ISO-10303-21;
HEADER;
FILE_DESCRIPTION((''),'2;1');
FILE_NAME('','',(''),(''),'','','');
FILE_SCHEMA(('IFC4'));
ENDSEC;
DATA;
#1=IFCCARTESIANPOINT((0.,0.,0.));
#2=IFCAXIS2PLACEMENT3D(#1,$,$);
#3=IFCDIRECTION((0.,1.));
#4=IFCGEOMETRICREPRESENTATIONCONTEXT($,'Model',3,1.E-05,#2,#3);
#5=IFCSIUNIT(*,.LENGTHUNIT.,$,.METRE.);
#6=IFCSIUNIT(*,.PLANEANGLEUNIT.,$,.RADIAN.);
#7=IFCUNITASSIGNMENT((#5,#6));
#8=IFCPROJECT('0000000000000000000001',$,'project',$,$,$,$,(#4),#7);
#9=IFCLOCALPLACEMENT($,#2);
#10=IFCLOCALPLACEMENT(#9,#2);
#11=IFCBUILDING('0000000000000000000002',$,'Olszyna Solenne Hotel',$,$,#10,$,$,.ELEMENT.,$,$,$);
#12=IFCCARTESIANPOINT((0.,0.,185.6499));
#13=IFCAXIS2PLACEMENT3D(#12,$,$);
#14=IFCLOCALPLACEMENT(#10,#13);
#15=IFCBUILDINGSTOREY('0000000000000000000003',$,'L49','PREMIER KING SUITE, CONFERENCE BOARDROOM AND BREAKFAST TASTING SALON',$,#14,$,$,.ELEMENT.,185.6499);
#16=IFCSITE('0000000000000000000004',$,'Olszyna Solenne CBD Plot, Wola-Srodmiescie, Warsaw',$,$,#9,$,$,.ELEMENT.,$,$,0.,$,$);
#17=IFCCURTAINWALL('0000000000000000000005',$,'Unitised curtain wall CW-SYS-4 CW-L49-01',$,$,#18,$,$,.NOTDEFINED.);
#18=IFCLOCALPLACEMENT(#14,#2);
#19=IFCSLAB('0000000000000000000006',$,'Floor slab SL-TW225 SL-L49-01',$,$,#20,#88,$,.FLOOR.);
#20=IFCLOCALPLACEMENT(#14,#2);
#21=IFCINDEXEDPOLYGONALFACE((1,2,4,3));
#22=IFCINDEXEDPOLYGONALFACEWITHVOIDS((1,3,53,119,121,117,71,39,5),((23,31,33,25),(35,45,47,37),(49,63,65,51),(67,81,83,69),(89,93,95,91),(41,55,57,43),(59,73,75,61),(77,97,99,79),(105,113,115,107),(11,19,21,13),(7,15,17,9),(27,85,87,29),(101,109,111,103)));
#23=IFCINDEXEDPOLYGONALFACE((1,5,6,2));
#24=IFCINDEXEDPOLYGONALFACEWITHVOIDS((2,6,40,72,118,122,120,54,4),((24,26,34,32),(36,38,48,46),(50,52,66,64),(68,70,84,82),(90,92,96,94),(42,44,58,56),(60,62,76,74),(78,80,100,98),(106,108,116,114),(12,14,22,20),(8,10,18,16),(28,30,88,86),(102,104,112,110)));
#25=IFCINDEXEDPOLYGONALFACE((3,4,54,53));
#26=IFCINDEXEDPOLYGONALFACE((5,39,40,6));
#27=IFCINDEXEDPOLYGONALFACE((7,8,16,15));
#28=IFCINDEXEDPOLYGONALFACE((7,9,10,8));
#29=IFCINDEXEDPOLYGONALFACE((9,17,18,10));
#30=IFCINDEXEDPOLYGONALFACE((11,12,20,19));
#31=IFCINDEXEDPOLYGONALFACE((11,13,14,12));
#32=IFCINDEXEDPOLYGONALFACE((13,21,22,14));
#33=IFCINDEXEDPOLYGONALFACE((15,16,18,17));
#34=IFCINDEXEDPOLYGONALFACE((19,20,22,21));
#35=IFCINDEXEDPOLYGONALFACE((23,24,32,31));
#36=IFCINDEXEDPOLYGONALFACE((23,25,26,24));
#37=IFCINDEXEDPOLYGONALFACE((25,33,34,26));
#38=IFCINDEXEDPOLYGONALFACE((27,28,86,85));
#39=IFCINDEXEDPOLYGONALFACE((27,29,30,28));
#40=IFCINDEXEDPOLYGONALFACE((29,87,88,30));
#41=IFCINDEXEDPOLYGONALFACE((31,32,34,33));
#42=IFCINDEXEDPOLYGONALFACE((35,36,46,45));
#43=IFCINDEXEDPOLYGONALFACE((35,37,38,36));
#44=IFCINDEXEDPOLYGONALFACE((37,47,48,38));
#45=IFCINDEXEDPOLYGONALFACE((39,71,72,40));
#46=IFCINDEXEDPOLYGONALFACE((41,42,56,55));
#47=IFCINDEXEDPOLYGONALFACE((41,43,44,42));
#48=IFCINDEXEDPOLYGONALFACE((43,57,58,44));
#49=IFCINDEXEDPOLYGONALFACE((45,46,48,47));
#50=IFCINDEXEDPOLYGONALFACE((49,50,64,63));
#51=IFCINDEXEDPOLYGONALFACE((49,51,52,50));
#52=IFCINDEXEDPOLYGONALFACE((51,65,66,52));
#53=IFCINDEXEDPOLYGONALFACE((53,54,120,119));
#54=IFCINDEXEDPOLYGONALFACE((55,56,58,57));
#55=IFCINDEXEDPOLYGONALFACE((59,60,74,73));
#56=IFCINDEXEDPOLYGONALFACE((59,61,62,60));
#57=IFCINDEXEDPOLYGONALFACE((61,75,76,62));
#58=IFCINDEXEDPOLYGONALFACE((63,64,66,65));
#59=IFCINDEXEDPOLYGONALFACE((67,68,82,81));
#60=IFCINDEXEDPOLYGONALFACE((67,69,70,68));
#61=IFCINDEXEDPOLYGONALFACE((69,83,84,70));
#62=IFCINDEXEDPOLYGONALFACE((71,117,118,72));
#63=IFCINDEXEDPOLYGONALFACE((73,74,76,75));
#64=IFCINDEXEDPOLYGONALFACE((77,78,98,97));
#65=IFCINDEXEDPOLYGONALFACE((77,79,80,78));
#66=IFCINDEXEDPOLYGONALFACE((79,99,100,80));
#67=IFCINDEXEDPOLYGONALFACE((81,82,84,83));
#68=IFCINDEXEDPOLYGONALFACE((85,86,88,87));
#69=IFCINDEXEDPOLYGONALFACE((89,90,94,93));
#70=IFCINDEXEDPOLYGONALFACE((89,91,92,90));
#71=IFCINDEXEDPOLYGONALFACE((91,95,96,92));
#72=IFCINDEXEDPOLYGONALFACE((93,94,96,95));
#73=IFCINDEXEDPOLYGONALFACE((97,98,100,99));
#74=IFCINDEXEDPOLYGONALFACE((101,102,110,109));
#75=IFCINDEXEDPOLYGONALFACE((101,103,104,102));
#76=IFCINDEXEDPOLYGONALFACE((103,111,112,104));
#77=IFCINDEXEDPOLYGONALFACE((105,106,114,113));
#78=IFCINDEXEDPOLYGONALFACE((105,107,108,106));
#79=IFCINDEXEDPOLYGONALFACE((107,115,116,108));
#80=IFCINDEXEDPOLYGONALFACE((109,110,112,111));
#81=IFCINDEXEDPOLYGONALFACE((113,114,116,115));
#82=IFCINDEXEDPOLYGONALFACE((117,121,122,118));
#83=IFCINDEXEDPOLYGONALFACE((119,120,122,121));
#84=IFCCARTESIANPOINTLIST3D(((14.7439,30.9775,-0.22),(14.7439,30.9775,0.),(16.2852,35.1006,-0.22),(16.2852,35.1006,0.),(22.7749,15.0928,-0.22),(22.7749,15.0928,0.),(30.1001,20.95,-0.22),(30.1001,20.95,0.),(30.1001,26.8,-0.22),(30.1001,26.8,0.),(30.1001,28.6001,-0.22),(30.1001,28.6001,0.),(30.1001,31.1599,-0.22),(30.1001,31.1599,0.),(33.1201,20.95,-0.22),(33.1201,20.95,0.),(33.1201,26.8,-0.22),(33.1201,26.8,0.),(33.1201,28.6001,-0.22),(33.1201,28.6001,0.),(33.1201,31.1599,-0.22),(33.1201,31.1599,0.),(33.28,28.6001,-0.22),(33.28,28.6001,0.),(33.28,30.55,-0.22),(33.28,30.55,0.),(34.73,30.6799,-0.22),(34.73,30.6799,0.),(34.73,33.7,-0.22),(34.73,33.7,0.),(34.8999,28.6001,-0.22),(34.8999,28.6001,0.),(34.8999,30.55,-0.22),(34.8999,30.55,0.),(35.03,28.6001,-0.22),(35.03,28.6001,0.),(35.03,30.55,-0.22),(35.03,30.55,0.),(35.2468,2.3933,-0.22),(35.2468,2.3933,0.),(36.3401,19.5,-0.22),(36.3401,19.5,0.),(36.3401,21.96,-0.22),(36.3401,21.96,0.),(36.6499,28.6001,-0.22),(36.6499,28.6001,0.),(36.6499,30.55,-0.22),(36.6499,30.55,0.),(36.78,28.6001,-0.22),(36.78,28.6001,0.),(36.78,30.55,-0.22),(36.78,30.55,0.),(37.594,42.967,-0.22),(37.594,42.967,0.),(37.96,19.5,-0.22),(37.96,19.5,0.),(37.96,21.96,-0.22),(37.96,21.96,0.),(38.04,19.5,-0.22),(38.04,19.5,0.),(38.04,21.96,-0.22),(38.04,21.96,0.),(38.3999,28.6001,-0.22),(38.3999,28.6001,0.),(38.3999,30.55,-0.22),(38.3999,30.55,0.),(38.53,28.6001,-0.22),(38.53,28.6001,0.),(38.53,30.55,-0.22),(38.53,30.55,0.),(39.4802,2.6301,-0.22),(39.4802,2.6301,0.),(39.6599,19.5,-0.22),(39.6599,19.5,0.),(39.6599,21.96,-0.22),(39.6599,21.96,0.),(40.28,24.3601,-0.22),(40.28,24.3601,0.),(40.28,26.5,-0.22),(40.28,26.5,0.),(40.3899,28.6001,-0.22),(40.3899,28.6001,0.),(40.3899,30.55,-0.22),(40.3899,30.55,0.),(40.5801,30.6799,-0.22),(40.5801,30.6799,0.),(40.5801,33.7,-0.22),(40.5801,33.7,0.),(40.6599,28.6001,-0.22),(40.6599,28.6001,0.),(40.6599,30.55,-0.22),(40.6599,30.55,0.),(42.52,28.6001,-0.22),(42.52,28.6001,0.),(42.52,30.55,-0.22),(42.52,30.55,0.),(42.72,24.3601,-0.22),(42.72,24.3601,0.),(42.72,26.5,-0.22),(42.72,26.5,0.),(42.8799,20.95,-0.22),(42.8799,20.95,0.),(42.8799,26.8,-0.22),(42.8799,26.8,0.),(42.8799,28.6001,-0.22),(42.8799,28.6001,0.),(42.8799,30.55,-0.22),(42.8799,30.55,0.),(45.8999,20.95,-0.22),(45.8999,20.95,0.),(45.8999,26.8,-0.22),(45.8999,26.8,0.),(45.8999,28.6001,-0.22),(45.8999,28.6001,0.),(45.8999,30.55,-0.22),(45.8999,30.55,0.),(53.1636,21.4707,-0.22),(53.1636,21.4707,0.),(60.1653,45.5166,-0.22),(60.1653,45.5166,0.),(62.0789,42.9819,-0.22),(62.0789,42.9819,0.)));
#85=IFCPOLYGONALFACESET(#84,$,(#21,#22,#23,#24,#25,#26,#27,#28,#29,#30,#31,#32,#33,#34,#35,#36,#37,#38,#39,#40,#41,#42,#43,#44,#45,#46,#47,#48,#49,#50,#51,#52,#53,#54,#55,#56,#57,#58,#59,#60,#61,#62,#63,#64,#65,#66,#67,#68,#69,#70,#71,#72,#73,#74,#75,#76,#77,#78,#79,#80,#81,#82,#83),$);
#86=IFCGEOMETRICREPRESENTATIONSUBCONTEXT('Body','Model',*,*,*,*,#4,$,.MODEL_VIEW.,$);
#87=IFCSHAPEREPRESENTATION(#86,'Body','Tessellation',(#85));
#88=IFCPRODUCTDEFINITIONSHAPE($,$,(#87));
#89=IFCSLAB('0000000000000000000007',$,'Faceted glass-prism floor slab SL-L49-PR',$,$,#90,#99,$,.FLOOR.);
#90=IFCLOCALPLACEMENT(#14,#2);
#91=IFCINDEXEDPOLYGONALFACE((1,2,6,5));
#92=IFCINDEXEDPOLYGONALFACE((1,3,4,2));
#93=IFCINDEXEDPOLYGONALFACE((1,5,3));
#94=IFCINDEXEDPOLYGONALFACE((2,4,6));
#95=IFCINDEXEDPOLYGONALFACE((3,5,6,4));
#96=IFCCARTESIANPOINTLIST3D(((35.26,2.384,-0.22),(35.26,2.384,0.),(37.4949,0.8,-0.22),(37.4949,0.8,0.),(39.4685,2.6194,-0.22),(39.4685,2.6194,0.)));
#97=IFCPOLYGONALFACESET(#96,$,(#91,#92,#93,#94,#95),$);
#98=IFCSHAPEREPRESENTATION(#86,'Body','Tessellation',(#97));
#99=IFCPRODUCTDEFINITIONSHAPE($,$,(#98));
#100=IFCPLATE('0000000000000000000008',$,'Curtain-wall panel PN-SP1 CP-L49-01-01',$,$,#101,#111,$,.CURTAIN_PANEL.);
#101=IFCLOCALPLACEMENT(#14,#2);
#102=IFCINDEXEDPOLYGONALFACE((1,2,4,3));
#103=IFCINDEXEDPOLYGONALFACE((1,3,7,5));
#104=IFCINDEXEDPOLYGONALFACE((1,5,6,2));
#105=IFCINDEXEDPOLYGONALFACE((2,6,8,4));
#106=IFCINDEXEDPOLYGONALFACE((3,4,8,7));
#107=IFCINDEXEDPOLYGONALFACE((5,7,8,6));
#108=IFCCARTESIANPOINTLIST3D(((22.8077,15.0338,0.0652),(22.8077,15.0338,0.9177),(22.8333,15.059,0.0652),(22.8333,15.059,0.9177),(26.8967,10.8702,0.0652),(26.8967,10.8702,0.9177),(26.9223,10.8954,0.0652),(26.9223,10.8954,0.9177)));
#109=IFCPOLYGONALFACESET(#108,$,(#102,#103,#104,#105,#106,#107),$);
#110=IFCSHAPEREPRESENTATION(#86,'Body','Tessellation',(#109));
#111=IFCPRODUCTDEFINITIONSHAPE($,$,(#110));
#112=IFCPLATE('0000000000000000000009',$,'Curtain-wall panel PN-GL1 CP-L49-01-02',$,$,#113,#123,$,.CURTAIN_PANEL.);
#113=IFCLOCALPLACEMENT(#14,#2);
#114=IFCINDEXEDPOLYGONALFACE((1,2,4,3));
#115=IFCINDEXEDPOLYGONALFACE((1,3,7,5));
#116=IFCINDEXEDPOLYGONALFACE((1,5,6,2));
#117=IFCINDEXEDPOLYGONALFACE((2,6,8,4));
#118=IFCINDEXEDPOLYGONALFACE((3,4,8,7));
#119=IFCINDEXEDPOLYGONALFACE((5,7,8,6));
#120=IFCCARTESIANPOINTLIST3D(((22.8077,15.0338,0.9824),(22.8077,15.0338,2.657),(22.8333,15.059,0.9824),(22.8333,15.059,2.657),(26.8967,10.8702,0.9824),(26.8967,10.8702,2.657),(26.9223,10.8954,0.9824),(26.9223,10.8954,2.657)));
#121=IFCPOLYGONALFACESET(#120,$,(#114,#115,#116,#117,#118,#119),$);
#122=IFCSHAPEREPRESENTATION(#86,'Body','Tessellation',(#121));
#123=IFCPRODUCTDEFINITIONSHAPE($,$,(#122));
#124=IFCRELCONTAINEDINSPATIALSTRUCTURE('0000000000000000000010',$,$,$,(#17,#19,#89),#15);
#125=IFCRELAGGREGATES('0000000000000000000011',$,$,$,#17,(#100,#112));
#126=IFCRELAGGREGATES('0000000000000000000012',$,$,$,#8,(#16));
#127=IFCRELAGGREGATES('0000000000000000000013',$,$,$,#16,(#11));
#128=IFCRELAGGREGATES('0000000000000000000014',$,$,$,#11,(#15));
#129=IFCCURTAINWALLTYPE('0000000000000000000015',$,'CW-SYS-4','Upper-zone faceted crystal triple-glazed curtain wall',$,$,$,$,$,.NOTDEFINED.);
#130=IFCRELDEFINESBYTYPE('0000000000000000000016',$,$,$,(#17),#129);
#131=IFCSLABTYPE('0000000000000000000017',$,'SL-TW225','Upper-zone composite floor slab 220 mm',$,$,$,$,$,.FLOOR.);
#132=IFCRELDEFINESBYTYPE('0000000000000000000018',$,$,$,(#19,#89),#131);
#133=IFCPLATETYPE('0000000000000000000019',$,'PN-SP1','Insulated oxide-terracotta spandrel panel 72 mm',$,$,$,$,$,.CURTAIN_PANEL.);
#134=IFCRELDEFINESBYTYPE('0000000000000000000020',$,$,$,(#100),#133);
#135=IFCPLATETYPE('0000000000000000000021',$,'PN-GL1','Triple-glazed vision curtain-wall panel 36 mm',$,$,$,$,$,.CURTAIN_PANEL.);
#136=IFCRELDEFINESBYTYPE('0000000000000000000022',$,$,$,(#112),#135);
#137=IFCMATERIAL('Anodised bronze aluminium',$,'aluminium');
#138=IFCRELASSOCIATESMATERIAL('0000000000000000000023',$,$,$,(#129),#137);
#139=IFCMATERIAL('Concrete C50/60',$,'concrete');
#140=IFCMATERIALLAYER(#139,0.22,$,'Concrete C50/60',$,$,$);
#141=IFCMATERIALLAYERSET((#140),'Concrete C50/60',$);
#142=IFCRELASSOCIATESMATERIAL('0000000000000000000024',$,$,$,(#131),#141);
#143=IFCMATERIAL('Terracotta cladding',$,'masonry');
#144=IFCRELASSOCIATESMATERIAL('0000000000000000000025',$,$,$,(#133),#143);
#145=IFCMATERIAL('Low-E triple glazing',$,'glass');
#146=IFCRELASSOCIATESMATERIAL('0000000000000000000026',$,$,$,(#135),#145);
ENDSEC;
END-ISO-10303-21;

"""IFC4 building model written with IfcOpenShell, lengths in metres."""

from ifc_helpers import new_model, si_unit, direction, frame, origin, origin_2d, place, context, subcontext, project, spatial, polyline, rectangle, outline, extrude, source, transform, mapped, material, layer, layer_set, type_object, element, aggregate, save


model = new_model("IFC4")

# Units and contexts
model_context = context("Model", 3, precision=1e-05, world=origin(), true_north=direction((0.0, 1.0)))
body_context = subcontext(model_context, "Body", "Model", "MODEL_VIEW")
ifc_project = project(units=[si_unit("LENGTHUNIT", "METRE"), si_unit("PLANEANGLEUNIT", "RADIAN")], contexts=[model_context])

# Site, building, storey
site_placement = place(None, origin())
site = spatial("IfcSite", under=ifc_project, at=site_placement, Name="Olszyna Solenne CBD Plot, Wola-Srodmiescie, Warsaw", CompositionType="ELEMENT", RefElevation=0.0)
building_placement = place(site_placement, origin())
building = spatial("IfcBuilding", under=site, at=building_placement, Name="Olszyna Solenne Hotel", CompositionType="ELEMENT")
storey_placement = place(building_placement, frame((0.0, 0.0, 185.6499)))
storey = spatial("IfcBuildingStorey", under=building, at=storey_placement, Name="L49", Description="PREMIER KING SUITE, CONFERENCE BOARDROOM AND BREAKFAST TASTING SALON", CompositionType="ELEMENT", Elevation=185.6499)

# Curtain wall
ifc_material_1 = material(Name="Anodised bronze aluminium", Category="aluminium")
curtain_wall_type = type_object("IfcCurtainWallType", Name="CW-SYS-4", Description="Upper-zone faceted crystal triple-glazed curtain wall", PredefinedType="NOTDEFINED", material=ifc_material_1)
curtain_wall_placement = place(storey_placement, origin())
curtain_wall = element("IfcCurtainWall", 1, at=curtain_wall_placement, inside=storey, type_object=curtain_wall_type, Name="Unitised curtain wall CW-SYS-4 CW-L49-01", PredefinedType="NOTDEFINED")

# Slabs
ifc_material_2 = material(Name="Concrete C50/60", Category="concrete")
ifc_layer_1 = layer(ifc_material_2, 0.22, Name="Concrete C50/60")
ifc_layer_set_1 = layer_set([ifc_layer_1], Name="Concrete C50/60")
slab_type_1 = type_object("IfcSlabType", Name="SL-TW225", Description="Upper-zone composite floor slab 220 mm", PredefinedType="FLOOR", material=ifc_layer_set_1)
slab_1_placement = place(storey_placement, frame((0.0, 0.0, -0.22)))
element("IfcSlab", 2, at=slab_1_placement, inside=storey, type_object=slab_type_1, Name="Floor slab SL-TW225 SL-L49-01", PredefinedType="FLOOR", context=body_context, shape_type="SweptSolid", body=[
    extrude(outline(polyline([(62.0789, 42.9819), (60.1653, 45.5166), (37.594, 42.967), (16.2852, 35.1006), (14.7439, 30.9775), (22.7749, 15.0928), (35.2468, 2.3933), (39.4802, 2.6301), (53.1636, 21.4707), (62.0789, 42.9819)]), holes=[polyline([(30.1001, 20.95), (33.1201, 20.95), (33.1201, 26.8), (30.1001, 26.8), (30.1001, 20.95)]), polyline([(42.8799, 20.95), (45.8999, 20.95), (45.8999, 26.8), (42.8799, 26.8), (42.8799, 20.95)]), polyline([(34.73, 30.6799), (40.5801, 30.6799), (40.5801, 33.7), (34.73, 33.7), (34.73, 30.6799)]), polyline([(36.3401, 19.5), (37.96, 19.5), (37.96, 21.96), (36.3401, 21.96), (36.3401, 19.5)]), polyline([(38.04, 19.5), (39.6599, 19.5), (39.6599, 21.96), (38.04, 21.96), (38.04, 19.5)]), polyline([(30.1001, 28.6001), (33.1201, 28.6001), (33.1201, 31.1599), (30.1001, 31.1599), (30.1001, 28.6001)]), polyline([(40.28, 24.3601), (42.72, 24.3601), (42.72, 26.5), (40.28, 26.5), (40.28, 24.3601)]), polyline([(33.28, 28.6001), (34.8999, 28.6001), (34.8999, 30.55), (33.28, 30.55), (33.28, 28.6001)]), polyline([(35.03, 28.6001), (36.6499, 28.6001), (36.6499, 30.55), (35.03, 30.55), (35.03, 28.6001)]), polyline([(36.78, 28.6001), (38.3999, 28.6001), (38.3999, 30.55), (36.78, 30.55), (36.78, 28.6001)]), polyline([(38.53, 28.6001), (40.3899, 28.6001), (40.3899, 30.55), (38.53, 30.55), (38.53, 28.6001)]), polyline([(40.6599, 28.6001), (42.52, 28.6001), (42.52, 30.55), (40.6599, 30.55), (40.6599, 28.6001)]), polyline([(42.8799, 28.6001), (45.8999, 28.6001), (45.8999, 30.55), (42.8799, 30.55), (42.8799, 28.6001)])]), origin(), (0.0, 0.0, 1.0), 0.22),
])
slab_2_placement = place(storey_placement, frame((0.0, 0.0, -0.22)))
element("IfcSlab", 3, at=slab_2_placement, inside=storey, type_object=slab_type_1, Name="Faceted glass-prism floor slab SL-L49-PR", PredefinedType="FLOOR", context=body_context, shape_type="SweptSolid", body=[
    extrude(outline(polyline([(39.4685, 2.6194), (35.26, 2.384), (37.4949, 0.8), (39.4685, 2.6194)])), origin(), (0.0, 0.0, 1.0), 0.22),
])

# Plates
ifc_material_3 = material(Name="Terracotta cladding", Category="masonry")
plate_type_1 = type_object("IfcPlateType", Name="PN-SP1", Description="Insulated oxide-terracotta spandrel panel 72 mm", PredefinedType="CURTAIN_PANEL", material=ifc_material_3)
shared_shape_1 = source(origin(), body_context, "Body", "SweptSolid", [
    extrude(rectangle(XDim=5.8357, YDim=0.0359, at=origin_2d()), origin(), (0.0, 0.0, 1.0), 0.8525),
])
plate_1_placement = place(storey_placement, frame((24.865, 12.9646, 0.0652), z_axis=(0.0, 0.0, 1.0), x_axis=(0.700687, -0.713469, 0.0)))
plate_1 = element("IfcPlate", 4, at=plate_1_placement, type_object=plate_type_1, Name="Curtain-wall panel PN-SP1 CP-L49-01-01", PredefinedType="CURTAIN_PANEL", context=body_context, shape_type="MappedRepresentation", body=[
    mapped(shared_shape_1, transform((0.0, 0.0, 0.0), x_axis=(1.0, 0.0, 0.0), y_axis=(0.0, 1.0, 0.0), z_axis=(0.0, 0.0, 1.0), scale=1.0)),
])
ifc_material_4 = material(Name="Low-E triple glazing", Category="glass")
plate_type_2 = type_object("IfcPlateType", Name="PN-GL1", Description="Triple-glazed vision curtain-wall panel 36 mm", PredefinedType="CURTAIN_PANEL", material=ifc_material_4)
shared_shape_2 = source(origin(), body_context, "Body", "SweptSolid", [
    extrude(rectangle(XDim=5.8357, YDim=0.0359, at=origin_2d()), origin(), (0.0, 0.0, 1.0), 1.6746),
])
plate_2_placement = place(storey_placement, frame((24.865, 12.9646, 0.9824), z_axis=(0.0, 0.0, 1.0), x_axis=(0.700687, -0.713469, 0.0)))
plate_2 = element("IfcPlate", 5, at=plate_2_placement, type_object=plate_type_2, Name="Curtain-wall panel PN-GL1 CP-L49-01-02", PredefinedType="CURTAIN_PANEL", context=body_context, shape_type="MappedRepresentation", body=[
    mapped(shared_shape_2, transform((0.0, 0.0, 0.0), x_axis=(1.0, 0.0, 0.0), y_axis=(0.0, 1.0, 0.0), z_axis=(0.0, 0.0, 1.0), scale=1.0)),
])
aggregate(curtain_wall, [plate_1, plate_2])

save(model, "model.ifc")
